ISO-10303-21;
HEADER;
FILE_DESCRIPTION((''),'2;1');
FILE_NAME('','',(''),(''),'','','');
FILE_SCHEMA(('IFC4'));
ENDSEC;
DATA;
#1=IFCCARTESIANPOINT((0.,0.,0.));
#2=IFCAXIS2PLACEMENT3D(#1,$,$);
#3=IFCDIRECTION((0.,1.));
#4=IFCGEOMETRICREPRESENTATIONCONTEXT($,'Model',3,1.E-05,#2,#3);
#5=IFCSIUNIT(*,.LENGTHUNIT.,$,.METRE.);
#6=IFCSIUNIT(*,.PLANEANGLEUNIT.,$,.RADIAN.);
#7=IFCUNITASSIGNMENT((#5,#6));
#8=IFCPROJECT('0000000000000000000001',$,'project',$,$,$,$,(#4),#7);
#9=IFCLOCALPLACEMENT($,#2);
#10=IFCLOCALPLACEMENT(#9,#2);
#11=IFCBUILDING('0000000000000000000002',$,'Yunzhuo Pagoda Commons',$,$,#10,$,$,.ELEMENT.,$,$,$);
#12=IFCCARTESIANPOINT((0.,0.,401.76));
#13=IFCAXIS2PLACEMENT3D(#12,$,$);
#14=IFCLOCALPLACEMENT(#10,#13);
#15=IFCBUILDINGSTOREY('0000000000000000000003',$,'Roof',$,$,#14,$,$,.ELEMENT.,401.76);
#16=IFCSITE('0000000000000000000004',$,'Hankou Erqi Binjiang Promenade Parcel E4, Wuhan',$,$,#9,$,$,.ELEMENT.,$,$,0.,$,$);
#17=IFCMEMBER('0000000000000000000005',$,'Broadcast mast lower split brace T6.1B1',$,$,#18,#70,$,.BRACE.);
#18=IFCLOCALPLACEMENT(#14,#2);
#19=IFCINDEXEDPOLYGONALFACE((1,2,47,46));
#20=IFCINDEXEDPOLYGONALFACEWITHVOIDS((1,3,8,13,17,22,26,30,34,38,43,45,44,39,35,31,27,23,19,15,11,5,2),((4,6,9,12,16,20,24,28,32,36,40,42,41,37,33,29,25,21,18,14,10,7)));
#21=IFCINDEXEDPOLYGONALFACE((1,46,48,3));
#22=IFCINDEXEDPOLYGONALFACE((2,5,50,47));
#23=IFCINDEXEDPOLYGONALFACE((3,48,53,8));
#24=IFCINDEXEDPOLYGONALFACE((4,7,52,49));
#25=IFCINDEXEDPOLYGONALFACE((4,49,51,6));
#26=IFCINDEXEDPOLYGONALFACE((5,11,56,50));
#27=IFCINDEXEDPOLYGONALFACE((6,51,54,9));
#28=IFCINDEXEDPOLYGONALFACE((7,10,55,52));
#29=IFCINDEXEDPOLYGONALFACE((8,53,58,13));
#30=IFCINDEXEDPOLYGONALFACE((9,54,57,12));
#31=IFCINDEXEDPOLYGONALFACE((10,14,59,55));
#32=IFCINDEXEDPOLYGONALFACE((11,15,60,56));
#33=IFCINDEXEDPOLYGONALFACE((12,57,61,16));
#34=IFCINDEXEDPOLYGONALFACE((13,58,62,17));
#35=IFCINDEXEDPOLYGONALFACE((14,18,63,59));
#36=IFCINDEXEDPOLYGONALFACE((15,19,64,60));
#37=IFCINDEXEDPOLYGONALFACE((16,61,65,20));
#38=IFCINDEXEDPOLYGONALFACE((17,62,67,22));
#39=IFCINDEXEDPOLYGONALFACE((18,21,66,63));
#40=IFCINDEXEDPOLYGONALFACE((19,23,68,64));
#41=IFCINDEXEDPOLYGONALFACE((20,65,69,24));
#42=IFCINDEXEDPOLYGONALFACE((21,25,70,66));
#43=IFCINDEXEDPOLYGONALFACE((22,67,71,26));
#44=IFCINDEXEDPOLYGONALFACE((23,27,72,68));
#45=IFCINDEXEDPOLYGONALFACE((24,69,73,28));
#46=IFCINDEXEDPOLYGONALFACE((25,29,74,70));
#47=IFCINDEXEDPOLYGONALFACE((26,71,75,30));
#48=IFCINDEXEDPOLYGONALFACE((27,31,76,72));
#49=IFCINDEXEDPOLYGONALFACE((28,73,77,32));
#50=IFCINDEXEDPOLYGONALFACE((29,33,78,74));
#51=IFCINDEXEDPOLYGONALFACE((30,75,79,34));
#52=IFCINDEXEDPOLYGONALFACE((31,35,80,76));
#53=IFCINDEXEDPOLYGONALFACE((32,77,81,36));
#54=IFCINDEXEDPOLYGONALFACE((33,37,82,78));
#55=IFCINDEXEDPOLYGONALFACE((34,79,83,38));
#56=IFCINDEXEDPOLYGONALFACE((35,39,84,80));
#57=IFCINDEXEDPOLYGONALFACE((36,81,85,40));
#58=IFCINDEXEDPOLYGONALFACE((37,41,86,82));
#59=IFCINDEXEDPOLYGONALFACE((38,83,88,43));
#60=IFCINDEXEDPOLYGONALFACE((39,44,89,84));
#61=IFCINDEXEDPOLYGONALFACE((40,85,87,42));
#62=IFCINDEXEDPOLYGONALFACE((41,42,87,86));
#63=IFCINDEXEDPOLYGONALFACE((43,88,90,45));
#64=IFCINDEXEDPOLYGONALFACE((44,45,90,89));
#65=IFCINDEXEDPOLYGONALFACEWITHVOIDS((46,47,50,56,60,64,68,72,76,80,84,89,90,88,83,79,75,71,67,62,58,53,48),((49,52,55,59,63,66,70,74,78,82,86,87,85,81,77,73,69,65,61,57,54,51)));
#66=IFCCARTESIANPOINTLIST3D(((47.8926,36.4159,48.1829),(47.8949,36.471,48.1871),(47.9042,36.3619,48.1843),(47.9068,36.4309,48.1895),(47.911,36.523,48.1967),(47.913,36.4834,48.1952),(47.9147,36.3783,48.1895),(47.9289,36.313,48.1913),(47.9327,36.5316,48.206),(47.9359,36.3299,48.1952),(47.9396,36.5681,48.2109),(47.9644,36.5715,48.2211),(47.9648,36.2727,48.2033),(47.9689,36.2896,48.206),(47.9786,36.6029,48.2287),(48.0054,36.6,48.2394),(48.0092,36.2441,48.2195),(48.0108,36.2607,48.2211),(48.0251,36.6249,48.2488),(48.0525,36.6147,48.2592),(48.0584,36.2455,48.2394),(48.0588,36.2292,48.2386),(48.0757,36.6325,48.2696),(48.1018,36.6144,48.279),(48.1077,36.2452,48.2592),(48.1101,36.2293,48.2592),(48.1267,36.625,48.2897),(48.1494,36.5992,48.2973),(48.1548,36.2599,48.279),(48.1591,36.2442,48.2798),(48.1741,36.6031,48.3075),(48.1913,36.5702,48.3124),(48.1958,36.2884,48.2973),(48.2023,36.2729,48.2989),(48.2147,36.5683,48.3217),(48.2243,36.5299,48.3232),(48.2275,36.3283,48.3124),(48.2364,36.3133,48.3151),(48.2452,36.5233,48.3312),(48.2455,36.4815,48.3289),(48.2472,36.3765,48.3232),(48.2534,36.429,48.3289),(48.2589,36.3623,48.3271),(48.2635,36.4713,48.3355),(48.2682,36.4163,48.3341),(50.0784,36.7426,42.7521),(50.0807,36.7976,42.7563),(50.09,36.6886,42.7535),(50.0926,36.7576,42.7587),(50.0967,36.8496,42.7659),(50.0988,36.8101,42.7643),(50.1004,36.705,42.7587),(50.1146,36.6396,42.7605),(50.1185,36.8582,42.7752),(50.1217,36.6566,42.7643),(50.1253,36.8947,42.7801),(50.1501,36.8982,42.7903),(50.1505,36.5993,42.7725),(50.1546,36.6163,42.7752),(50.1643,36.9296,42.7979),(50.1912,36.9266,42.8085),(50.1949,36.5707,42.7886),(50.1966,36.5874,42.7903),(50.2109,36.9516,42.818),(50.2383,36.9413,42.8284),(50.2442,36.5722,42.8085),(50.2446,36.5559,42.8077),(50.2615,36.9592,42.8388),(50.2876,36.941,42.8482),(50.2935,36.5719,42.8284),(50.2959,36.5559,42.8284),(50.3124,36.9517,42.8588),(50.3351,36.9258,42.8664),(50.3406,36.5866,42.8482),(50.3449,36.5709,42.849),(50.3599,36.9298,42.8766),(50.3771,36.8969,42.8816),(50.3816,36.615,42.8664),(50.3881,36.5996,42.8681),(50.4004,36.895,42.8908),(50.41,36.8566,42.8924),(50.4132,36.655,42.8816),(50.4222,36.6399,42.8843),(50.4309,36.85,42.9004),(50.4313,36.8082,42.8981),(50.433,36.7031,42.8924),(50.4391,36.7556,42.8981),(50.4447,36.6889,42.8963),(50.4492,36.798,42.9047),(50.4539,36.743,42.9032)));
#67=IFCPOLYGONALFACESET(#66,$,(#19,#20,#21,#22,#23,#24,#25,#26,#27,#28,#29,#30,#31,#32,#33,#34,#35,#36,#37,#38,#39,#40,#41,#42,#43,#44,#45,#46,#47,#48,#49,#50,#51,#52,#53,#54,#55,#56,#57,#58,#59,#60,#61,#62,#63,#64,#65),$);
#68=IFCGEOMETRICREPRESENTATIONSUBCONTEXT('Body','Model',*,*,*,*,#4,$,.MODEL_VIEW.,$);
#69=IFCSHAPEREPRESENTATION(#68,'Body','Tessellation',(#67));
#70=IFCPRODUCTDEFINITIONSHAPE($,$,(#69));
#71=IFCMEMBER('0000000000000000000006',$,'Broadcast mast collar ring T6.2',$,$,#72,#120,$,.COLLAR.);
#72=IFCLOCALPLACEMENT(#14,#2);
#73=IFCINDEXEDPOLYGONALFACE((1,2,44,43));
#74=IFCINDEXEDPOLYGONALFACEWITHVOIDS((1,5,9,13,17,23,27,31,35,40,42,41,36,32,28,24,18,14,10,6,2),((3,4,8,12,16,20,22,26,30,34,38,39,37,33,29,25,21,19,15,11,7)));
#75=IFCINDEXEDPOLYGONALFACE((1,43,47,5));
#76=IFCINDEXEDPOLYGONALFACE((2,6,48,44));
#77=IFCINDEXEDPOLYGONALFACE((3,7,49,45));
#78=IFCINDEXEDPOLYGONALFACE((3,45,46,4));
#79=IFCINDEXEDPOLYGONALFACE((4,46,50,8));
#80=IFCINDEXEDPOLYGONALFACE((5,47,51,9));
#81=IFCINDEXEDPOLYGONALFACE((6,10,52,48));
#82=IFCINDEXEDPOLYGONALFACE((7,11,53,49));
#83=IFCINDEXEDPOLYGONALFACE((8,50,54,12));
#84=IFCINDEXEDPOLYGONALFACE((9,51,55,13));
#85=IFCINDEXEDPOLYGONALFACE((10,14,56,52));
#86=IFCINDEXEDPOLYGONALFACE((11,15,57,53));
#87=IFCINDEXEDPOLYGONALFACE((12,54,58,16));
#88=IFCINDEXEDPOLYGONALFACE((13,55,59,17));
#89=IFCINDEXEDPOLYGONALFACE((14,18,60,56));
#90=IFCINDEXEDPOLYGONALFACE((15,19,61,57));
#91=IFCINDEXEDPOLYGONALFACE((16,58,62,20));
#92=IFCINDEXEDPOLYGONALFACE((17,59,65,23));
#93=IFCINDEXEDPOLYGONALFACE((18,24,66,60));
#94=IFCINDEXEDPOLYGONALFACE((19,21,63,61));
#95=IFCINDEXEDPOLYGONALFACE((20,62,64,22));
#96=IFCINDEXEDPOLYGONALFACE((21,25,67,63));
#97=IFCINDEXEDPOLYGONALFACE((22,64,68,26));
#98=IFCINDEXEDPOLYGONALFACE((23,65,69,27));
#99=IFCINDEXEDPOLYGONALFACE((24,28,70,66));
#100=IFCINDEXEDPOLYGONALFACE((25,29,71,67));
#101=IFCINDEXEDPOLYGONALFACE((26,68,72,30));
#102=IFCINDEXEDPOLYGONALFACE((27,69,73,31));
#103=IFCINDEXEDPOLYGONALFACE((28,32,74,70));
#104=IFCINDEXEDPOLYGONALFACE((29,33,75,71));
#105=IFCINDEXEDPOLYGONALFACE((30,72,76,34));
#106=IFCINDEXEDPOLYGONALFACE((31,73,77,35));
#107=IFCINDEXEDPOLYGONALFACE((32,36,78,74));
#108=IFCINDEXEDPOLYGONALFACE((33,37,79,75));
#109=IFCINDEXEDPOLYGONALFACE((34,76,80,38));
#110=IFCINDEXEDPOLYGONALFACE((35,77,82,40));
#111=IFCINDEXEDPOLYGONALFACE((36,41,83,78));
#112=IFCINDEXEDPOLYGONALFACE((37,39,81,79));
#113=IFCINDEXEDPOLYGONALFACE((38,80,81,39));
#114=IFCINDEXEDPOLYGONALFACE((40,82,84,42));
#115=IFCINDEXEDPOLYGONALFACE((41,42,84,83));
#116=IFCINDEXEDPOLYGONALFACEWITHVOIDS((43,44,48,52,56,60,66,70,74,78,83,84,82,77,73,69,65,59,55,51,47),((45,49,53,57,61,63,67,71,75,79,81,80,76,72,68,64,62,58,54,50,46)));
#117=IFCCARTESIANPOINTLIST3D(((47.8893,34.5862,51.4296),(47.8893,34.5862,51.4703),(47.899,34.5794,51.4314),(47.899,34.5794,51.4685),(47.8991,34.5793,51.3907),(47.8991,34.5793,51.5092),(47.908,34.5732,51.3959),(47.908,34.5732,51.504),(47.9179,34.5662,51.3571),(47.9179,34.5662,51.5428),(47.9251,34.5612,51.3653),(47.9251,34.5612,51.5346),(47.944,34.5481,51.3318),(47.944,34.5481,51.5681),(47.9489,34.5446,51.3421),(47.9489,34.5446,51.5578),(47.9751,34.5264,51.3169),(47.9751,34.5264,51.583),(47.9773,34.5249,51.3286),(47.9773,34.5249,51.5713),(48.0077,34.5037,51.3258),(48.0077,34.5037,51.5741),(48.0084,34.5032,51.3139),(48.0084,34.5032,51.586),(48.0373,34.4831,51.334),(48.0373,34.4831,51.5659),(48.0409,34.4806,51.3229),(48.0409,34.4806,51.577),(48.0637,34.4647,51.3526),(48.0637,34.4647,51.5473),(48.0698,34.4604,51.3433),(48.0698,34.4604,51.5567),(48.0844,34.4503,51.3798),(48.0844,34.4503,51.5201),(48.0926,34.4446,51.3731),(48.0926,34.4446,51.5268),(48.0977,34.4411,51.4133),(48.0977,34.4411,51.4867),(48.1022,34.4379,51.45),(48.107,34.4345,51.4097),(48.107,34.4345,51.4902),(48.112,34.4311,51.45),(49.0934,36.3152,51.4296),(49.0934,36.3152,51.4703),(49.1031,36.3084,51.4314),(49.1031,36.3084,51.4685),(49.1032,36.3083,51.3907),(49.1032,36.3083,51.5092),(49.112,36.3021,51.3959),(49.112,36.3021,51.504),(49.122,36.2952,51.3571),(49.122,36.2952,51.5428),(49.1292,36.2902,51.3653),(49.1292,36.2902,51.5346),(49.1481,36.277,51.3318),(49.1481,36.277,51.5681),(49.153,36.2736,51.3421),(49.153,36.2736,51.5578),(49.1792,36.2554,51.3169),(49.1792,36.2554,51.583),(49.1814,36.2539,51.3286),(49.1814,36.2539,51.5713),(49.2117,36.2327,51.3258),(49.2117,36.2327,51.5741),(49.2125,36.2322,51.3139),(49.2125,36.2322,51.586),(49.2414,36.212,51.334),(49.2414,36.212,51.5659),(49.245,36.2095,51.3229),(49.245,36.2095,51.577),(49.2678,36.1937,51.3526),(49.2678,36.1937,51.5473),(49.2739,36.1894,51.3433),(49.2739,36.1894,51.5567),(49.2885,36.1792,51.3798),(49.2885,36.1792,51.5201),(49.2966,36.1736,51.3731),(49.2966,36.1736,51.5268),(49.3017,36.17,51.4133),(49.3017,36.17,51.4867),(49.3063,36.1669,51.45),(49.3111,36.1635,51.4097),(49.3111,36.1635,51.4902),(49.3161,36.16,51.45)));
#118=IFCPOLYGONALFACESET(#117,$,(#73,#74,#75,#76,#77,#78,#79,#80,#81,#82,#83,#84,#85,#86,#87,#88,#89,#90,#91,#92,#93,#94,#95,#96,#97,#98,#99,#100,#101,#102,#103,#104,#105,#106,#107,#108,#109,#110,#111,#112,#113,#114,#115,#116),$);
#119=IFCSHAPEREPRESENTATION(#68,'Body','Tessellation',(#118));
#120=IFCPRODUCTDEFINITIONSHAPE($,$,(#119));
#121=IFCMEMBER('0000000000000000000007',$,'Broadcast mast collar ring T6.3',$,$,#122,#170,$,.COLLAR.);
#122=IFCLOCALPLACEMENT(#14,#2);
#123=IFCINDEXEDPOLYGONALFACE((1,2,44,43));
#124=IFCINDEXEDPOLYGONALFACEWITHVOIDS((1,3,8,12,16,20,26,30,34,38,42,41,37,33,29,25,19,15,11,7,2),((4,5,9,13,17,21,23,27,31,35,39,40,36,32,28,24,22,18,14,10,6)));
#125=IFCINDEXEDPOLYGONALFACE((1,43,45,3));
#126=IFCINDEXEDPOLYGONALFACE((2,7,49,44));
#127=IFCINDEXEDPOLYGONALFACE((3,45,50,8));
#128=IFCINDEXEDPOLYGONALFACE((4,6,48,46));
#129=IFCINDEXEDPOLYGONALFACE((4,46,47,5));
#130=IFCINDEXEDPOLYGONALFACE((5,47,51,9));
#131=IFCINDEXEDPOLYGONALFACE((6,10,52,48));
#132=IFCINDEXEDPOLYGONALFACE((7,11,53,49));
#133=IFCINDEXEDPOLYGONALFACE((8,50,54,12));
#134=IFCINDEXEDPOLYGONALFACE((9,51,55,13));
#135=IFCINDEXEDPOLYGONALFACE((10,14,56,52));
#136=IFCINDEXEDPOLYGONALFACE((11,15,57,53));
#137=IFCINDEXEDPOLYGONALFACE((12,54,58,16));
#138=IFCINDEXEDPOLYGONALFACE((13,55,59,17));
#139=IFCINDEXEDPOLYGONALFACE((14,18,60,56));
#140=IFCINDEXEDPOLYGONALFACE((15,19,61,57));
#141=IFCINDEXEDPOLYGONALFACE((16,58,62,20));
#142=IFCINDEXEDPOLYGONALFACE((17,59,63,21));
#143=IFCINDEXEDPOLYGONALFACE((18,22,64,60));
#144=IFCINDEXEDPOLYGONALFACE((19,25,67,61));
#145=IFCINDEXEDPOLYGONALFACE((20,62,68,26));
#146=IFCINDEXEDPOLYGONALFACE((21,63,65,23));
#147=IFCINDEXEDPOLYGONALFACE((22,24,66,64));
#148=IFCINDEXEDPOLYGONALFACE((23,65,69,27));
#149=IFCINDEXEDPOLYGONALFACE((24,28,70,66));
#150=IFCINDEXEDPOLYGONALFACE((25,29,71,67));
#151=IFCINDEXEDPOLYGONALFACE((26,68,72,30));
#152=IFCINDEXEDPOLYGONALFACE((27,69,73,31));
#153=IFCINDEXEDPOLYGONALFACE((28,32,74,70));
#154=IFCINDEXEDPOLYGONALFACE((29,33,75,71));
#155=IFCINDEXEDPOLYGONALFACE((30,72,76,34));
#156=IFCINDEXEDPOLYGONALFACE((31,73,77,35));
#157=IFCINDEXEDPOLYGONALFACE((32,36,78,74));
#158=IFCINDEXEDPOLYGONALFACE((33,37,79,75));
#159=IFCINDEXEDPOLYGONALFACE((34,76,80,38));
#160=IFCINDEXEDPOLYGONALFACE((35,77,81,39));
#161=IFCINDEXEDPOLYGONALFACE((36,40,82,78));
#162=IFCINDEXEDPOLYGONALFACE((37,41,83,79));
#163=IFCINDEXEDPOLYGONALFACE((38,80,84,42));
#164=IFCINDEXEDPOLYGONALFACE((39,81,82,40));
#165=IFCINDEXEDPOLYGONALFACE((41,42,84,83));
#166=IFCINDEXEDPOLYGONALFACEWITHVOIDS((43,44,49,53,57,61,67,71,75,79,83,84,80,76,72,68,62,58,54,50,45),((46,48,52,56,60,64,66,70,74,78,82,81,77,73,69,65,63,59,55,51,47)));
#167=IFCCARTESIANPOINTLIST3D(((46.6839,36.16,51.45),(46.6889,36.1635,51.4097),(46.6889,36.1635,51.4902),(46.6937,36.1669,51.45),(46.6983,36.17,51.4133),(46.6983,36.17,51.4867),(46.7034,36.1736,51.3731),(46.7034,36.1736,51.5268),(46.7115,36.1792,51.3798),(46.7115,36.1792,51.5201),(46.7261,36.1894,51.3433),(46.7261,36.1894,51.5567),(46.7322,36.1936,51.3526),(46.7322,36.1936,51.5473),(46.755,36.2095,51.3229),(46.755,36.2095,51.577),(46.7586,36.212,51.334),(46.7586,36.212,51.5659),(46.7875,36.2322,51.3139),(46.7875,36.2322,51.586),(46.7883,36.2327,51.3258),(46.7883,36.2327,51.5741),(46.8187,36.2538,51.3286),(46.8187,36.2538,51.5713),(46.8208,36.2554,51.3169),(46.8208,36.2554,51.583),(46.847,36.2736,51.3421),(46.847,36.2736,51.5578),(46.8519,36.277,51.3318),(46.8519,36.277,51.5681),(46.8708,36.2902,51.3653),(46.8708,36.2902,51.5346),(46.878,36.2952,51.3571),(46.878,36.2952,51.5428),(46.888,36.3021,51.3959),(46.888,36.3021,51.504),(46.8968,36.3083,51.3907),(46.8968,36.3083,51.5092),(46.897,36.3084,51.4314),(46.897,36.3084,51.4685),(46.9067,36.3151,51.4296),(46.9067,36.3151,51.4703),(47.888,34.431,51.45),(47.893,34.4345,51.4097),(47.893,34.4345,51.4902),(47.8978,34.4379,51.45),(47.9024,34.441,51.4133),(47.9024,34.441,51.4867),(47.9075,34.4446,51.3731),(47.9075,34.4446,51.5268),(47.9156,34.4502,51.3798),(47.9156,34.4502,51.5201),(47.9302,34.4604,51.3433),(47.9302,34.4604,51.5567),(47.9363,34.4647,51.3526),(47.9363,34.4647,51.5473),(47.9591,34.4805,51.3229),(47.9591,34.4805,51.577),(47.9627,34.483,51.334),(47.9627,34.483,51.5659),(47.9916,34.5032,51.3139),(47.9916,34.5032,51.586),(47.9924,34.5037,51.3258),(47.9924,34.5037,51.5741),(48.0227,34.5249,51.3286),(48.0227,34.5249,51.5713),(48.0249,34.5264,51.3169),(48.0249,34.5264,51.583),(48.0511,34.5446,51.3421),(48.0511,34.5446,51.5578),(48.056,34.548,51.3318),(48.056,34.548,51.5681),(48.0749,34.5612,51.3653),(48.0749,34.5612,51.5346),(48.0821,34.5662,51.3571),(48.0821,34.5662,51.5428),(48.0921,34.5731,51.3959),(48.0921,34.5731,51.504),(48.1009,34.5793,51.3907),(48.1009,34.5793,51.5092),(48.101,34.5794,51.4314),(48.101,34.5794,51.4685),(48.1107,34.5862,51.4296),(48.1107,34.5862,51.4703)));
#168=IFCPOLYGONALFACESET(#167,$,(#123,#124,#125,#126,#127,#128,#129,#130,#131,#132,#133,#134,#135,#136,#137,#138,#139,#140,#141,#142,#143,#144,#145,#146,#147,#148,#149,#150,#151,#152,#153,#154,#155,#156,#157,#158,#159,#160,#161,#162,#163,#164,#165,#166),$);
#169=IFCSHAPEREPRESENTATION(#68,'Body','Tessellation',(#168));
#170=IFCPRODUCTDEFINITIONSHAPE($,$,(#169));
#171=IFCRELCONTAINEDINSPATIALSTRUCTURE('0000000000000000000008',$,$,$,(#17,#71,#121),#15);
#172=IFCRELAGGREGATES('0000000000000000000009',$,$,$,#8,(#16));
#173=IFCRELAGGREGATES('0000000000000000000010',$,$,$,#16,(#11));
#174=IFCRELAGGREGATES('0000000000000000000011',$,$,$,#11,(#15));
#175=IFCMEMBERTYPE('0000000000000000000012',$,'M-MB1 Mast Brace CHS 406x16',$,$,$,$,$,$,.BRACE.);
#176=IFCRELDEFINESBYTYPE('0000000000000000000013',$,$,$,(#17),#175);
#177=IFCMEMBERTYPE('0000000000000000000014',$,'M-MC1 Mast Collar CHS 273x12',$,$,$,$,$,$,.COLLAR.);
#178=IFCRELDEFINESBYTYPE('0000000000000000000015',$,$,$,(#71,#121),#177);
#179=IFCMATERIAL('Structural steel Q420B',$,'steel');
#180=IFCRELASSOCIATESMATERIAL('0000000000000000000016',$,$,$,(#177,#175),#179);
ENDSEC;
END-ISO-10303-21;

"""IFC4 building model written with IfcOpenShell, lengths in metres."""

from ifc_helpers import new_model, si_unit, direction, frame, origin, origin_2d, place, context, subcontext, project, spatial, hollow_circle, extrude, source, transform, mapped, material, material_profile, profile_set, type_object, element, save


model = new_model("IFC4")

# Units and contexts
model_context = context("Model", 3, precision=1e-05, world=origin(), true_north=direction((0.0, 1.0)))
body_context = subcontext(model_context, "Body", "Model", "MODEL_VIEW")
ifc_project = project(units=[si_unit("LENGTHUNIT", "METRE"), si_unit("PLANEANGLEUNIT", "RADIAN")], contexts=[model_context])

# Site, building, storey
site_placement = place(None, origin())
site = spatial("IfcSite", under=ifc_project, at=site_placement, Name="Hankou Erqi Binjiang Promenade Parcel E4, Wuhan", CompositionType="ELEMENT", RefElevation=0.0)
building_placement = place(site_placement, origin())
building = spatial("IfcBuilding", under=site, at=building_placement, Name="Yunzhuo Pagoda Commons", CompositionType="ELEMENT")
storey_placement = place(building_placement, frame((0.0, 0.0, 401.76)))
storey = spatial("IfcBuildingStorey", under=building, at=storey_placement, Name="Roof", CompositionType="ELEMENT", Elevation=401.76)

# Members
ifc_material_1 = material(Name="Structural steel Q420B", Category="steel")
ifc_material_profile_1 = material_profile(ifc_material_1, hollow_circle(Radius=0.1365, WallThickness=0.012, at=origin_2d()), Name="Structural steel Q420B")
ifc_profile_set_1 = profile_set([ifc_material_profile_1], Name="Structural steel Q420B")
member_type_1 = type_object("IfcMemberType", Name="M-MC1 Mast Collar CHS 273x12", PredefinedType="COLLAR", material=ifc_profile_set_1)
ifc_material_profile_2 = material_profile(ifc_material_1, hollow_circle(Radius=0.2029, WallThickness=0.0161, at=origin_2d()), Name="Structural steel Q420B")
ifc_profile_set_2 = profile_set([ifc_material_profile_2], Name="Structural steel Q420B")
member_type_2 = type_object("IfcMemberType", Name="M-MB1 Mast Brace CHS 406x16", PredefinedType="BRACE", material=ifc_profile_set_2)
shared_shape_1 = source(origin(), body_context, "Body", "SweptSolid", [
    extrude(hollow_circle(Radius=0.2029, WallThickness=0.0161, at=origin_2d()), origin(), (0.0, 0.0, 1.0), 5.8633),
])
member_1_placement = place(storey_placement, frame((50.2659, 36.7566, 42.8284), z_axis=(-0.372787, -0.055712, 0.926243), x_axis=(0.147806, -0.989016, 0.0)))
element("IfcMember", 1, at=member_1_placement, inside=storey, type_object=member_type_2, Name="Broadcast mast lower split brace T6.1B1", PredefinedType="BRACE", context=body_context, shape_type="MappedRepresentation", body=[
    mapped(shared_shape_1, transform((0.0, 0.0, 0.0), scale=1.0)),
])
shared_shape_2 = source(origin(), body_context, "Body", "SweptSolid", [
    extrude(hollow_circle(Radius=0.1365, WallThickness=0.012, at=origin_2d()), origin(), (0.0, 0.0, 1.0), 2.1069),
])
for number, where, z_axis, x_axis, name in (
    (2, (49.2041, 36.238, 51.45), (-0.571485, -0.820612, 0.0), (0.820612, -0.571485, 0.0), "Broadcast mast collar ring T6.2"),
    (3, (48.0, 34.509, 51.45), (-0.571485, 0.820612, 0.0), (-0.820612, -0.571485, 0.0), "Broadcast mast collar ring T6.3"),
):
    element("IfcMember", number, at=place(storey_placement, frame(where, z_axis=z_axis, x_axis=x_axis)), inside=storey, type_object=member_type_1, Name=name, PredefinedType="COLLAR", context=body_context, shape_type="MappedRepresentation", body=[
        mapped(shared_shape_2, transform((0.0, 0.0, 0.0), scale=1.0)),
    ])

save(model, "model.ifc")
